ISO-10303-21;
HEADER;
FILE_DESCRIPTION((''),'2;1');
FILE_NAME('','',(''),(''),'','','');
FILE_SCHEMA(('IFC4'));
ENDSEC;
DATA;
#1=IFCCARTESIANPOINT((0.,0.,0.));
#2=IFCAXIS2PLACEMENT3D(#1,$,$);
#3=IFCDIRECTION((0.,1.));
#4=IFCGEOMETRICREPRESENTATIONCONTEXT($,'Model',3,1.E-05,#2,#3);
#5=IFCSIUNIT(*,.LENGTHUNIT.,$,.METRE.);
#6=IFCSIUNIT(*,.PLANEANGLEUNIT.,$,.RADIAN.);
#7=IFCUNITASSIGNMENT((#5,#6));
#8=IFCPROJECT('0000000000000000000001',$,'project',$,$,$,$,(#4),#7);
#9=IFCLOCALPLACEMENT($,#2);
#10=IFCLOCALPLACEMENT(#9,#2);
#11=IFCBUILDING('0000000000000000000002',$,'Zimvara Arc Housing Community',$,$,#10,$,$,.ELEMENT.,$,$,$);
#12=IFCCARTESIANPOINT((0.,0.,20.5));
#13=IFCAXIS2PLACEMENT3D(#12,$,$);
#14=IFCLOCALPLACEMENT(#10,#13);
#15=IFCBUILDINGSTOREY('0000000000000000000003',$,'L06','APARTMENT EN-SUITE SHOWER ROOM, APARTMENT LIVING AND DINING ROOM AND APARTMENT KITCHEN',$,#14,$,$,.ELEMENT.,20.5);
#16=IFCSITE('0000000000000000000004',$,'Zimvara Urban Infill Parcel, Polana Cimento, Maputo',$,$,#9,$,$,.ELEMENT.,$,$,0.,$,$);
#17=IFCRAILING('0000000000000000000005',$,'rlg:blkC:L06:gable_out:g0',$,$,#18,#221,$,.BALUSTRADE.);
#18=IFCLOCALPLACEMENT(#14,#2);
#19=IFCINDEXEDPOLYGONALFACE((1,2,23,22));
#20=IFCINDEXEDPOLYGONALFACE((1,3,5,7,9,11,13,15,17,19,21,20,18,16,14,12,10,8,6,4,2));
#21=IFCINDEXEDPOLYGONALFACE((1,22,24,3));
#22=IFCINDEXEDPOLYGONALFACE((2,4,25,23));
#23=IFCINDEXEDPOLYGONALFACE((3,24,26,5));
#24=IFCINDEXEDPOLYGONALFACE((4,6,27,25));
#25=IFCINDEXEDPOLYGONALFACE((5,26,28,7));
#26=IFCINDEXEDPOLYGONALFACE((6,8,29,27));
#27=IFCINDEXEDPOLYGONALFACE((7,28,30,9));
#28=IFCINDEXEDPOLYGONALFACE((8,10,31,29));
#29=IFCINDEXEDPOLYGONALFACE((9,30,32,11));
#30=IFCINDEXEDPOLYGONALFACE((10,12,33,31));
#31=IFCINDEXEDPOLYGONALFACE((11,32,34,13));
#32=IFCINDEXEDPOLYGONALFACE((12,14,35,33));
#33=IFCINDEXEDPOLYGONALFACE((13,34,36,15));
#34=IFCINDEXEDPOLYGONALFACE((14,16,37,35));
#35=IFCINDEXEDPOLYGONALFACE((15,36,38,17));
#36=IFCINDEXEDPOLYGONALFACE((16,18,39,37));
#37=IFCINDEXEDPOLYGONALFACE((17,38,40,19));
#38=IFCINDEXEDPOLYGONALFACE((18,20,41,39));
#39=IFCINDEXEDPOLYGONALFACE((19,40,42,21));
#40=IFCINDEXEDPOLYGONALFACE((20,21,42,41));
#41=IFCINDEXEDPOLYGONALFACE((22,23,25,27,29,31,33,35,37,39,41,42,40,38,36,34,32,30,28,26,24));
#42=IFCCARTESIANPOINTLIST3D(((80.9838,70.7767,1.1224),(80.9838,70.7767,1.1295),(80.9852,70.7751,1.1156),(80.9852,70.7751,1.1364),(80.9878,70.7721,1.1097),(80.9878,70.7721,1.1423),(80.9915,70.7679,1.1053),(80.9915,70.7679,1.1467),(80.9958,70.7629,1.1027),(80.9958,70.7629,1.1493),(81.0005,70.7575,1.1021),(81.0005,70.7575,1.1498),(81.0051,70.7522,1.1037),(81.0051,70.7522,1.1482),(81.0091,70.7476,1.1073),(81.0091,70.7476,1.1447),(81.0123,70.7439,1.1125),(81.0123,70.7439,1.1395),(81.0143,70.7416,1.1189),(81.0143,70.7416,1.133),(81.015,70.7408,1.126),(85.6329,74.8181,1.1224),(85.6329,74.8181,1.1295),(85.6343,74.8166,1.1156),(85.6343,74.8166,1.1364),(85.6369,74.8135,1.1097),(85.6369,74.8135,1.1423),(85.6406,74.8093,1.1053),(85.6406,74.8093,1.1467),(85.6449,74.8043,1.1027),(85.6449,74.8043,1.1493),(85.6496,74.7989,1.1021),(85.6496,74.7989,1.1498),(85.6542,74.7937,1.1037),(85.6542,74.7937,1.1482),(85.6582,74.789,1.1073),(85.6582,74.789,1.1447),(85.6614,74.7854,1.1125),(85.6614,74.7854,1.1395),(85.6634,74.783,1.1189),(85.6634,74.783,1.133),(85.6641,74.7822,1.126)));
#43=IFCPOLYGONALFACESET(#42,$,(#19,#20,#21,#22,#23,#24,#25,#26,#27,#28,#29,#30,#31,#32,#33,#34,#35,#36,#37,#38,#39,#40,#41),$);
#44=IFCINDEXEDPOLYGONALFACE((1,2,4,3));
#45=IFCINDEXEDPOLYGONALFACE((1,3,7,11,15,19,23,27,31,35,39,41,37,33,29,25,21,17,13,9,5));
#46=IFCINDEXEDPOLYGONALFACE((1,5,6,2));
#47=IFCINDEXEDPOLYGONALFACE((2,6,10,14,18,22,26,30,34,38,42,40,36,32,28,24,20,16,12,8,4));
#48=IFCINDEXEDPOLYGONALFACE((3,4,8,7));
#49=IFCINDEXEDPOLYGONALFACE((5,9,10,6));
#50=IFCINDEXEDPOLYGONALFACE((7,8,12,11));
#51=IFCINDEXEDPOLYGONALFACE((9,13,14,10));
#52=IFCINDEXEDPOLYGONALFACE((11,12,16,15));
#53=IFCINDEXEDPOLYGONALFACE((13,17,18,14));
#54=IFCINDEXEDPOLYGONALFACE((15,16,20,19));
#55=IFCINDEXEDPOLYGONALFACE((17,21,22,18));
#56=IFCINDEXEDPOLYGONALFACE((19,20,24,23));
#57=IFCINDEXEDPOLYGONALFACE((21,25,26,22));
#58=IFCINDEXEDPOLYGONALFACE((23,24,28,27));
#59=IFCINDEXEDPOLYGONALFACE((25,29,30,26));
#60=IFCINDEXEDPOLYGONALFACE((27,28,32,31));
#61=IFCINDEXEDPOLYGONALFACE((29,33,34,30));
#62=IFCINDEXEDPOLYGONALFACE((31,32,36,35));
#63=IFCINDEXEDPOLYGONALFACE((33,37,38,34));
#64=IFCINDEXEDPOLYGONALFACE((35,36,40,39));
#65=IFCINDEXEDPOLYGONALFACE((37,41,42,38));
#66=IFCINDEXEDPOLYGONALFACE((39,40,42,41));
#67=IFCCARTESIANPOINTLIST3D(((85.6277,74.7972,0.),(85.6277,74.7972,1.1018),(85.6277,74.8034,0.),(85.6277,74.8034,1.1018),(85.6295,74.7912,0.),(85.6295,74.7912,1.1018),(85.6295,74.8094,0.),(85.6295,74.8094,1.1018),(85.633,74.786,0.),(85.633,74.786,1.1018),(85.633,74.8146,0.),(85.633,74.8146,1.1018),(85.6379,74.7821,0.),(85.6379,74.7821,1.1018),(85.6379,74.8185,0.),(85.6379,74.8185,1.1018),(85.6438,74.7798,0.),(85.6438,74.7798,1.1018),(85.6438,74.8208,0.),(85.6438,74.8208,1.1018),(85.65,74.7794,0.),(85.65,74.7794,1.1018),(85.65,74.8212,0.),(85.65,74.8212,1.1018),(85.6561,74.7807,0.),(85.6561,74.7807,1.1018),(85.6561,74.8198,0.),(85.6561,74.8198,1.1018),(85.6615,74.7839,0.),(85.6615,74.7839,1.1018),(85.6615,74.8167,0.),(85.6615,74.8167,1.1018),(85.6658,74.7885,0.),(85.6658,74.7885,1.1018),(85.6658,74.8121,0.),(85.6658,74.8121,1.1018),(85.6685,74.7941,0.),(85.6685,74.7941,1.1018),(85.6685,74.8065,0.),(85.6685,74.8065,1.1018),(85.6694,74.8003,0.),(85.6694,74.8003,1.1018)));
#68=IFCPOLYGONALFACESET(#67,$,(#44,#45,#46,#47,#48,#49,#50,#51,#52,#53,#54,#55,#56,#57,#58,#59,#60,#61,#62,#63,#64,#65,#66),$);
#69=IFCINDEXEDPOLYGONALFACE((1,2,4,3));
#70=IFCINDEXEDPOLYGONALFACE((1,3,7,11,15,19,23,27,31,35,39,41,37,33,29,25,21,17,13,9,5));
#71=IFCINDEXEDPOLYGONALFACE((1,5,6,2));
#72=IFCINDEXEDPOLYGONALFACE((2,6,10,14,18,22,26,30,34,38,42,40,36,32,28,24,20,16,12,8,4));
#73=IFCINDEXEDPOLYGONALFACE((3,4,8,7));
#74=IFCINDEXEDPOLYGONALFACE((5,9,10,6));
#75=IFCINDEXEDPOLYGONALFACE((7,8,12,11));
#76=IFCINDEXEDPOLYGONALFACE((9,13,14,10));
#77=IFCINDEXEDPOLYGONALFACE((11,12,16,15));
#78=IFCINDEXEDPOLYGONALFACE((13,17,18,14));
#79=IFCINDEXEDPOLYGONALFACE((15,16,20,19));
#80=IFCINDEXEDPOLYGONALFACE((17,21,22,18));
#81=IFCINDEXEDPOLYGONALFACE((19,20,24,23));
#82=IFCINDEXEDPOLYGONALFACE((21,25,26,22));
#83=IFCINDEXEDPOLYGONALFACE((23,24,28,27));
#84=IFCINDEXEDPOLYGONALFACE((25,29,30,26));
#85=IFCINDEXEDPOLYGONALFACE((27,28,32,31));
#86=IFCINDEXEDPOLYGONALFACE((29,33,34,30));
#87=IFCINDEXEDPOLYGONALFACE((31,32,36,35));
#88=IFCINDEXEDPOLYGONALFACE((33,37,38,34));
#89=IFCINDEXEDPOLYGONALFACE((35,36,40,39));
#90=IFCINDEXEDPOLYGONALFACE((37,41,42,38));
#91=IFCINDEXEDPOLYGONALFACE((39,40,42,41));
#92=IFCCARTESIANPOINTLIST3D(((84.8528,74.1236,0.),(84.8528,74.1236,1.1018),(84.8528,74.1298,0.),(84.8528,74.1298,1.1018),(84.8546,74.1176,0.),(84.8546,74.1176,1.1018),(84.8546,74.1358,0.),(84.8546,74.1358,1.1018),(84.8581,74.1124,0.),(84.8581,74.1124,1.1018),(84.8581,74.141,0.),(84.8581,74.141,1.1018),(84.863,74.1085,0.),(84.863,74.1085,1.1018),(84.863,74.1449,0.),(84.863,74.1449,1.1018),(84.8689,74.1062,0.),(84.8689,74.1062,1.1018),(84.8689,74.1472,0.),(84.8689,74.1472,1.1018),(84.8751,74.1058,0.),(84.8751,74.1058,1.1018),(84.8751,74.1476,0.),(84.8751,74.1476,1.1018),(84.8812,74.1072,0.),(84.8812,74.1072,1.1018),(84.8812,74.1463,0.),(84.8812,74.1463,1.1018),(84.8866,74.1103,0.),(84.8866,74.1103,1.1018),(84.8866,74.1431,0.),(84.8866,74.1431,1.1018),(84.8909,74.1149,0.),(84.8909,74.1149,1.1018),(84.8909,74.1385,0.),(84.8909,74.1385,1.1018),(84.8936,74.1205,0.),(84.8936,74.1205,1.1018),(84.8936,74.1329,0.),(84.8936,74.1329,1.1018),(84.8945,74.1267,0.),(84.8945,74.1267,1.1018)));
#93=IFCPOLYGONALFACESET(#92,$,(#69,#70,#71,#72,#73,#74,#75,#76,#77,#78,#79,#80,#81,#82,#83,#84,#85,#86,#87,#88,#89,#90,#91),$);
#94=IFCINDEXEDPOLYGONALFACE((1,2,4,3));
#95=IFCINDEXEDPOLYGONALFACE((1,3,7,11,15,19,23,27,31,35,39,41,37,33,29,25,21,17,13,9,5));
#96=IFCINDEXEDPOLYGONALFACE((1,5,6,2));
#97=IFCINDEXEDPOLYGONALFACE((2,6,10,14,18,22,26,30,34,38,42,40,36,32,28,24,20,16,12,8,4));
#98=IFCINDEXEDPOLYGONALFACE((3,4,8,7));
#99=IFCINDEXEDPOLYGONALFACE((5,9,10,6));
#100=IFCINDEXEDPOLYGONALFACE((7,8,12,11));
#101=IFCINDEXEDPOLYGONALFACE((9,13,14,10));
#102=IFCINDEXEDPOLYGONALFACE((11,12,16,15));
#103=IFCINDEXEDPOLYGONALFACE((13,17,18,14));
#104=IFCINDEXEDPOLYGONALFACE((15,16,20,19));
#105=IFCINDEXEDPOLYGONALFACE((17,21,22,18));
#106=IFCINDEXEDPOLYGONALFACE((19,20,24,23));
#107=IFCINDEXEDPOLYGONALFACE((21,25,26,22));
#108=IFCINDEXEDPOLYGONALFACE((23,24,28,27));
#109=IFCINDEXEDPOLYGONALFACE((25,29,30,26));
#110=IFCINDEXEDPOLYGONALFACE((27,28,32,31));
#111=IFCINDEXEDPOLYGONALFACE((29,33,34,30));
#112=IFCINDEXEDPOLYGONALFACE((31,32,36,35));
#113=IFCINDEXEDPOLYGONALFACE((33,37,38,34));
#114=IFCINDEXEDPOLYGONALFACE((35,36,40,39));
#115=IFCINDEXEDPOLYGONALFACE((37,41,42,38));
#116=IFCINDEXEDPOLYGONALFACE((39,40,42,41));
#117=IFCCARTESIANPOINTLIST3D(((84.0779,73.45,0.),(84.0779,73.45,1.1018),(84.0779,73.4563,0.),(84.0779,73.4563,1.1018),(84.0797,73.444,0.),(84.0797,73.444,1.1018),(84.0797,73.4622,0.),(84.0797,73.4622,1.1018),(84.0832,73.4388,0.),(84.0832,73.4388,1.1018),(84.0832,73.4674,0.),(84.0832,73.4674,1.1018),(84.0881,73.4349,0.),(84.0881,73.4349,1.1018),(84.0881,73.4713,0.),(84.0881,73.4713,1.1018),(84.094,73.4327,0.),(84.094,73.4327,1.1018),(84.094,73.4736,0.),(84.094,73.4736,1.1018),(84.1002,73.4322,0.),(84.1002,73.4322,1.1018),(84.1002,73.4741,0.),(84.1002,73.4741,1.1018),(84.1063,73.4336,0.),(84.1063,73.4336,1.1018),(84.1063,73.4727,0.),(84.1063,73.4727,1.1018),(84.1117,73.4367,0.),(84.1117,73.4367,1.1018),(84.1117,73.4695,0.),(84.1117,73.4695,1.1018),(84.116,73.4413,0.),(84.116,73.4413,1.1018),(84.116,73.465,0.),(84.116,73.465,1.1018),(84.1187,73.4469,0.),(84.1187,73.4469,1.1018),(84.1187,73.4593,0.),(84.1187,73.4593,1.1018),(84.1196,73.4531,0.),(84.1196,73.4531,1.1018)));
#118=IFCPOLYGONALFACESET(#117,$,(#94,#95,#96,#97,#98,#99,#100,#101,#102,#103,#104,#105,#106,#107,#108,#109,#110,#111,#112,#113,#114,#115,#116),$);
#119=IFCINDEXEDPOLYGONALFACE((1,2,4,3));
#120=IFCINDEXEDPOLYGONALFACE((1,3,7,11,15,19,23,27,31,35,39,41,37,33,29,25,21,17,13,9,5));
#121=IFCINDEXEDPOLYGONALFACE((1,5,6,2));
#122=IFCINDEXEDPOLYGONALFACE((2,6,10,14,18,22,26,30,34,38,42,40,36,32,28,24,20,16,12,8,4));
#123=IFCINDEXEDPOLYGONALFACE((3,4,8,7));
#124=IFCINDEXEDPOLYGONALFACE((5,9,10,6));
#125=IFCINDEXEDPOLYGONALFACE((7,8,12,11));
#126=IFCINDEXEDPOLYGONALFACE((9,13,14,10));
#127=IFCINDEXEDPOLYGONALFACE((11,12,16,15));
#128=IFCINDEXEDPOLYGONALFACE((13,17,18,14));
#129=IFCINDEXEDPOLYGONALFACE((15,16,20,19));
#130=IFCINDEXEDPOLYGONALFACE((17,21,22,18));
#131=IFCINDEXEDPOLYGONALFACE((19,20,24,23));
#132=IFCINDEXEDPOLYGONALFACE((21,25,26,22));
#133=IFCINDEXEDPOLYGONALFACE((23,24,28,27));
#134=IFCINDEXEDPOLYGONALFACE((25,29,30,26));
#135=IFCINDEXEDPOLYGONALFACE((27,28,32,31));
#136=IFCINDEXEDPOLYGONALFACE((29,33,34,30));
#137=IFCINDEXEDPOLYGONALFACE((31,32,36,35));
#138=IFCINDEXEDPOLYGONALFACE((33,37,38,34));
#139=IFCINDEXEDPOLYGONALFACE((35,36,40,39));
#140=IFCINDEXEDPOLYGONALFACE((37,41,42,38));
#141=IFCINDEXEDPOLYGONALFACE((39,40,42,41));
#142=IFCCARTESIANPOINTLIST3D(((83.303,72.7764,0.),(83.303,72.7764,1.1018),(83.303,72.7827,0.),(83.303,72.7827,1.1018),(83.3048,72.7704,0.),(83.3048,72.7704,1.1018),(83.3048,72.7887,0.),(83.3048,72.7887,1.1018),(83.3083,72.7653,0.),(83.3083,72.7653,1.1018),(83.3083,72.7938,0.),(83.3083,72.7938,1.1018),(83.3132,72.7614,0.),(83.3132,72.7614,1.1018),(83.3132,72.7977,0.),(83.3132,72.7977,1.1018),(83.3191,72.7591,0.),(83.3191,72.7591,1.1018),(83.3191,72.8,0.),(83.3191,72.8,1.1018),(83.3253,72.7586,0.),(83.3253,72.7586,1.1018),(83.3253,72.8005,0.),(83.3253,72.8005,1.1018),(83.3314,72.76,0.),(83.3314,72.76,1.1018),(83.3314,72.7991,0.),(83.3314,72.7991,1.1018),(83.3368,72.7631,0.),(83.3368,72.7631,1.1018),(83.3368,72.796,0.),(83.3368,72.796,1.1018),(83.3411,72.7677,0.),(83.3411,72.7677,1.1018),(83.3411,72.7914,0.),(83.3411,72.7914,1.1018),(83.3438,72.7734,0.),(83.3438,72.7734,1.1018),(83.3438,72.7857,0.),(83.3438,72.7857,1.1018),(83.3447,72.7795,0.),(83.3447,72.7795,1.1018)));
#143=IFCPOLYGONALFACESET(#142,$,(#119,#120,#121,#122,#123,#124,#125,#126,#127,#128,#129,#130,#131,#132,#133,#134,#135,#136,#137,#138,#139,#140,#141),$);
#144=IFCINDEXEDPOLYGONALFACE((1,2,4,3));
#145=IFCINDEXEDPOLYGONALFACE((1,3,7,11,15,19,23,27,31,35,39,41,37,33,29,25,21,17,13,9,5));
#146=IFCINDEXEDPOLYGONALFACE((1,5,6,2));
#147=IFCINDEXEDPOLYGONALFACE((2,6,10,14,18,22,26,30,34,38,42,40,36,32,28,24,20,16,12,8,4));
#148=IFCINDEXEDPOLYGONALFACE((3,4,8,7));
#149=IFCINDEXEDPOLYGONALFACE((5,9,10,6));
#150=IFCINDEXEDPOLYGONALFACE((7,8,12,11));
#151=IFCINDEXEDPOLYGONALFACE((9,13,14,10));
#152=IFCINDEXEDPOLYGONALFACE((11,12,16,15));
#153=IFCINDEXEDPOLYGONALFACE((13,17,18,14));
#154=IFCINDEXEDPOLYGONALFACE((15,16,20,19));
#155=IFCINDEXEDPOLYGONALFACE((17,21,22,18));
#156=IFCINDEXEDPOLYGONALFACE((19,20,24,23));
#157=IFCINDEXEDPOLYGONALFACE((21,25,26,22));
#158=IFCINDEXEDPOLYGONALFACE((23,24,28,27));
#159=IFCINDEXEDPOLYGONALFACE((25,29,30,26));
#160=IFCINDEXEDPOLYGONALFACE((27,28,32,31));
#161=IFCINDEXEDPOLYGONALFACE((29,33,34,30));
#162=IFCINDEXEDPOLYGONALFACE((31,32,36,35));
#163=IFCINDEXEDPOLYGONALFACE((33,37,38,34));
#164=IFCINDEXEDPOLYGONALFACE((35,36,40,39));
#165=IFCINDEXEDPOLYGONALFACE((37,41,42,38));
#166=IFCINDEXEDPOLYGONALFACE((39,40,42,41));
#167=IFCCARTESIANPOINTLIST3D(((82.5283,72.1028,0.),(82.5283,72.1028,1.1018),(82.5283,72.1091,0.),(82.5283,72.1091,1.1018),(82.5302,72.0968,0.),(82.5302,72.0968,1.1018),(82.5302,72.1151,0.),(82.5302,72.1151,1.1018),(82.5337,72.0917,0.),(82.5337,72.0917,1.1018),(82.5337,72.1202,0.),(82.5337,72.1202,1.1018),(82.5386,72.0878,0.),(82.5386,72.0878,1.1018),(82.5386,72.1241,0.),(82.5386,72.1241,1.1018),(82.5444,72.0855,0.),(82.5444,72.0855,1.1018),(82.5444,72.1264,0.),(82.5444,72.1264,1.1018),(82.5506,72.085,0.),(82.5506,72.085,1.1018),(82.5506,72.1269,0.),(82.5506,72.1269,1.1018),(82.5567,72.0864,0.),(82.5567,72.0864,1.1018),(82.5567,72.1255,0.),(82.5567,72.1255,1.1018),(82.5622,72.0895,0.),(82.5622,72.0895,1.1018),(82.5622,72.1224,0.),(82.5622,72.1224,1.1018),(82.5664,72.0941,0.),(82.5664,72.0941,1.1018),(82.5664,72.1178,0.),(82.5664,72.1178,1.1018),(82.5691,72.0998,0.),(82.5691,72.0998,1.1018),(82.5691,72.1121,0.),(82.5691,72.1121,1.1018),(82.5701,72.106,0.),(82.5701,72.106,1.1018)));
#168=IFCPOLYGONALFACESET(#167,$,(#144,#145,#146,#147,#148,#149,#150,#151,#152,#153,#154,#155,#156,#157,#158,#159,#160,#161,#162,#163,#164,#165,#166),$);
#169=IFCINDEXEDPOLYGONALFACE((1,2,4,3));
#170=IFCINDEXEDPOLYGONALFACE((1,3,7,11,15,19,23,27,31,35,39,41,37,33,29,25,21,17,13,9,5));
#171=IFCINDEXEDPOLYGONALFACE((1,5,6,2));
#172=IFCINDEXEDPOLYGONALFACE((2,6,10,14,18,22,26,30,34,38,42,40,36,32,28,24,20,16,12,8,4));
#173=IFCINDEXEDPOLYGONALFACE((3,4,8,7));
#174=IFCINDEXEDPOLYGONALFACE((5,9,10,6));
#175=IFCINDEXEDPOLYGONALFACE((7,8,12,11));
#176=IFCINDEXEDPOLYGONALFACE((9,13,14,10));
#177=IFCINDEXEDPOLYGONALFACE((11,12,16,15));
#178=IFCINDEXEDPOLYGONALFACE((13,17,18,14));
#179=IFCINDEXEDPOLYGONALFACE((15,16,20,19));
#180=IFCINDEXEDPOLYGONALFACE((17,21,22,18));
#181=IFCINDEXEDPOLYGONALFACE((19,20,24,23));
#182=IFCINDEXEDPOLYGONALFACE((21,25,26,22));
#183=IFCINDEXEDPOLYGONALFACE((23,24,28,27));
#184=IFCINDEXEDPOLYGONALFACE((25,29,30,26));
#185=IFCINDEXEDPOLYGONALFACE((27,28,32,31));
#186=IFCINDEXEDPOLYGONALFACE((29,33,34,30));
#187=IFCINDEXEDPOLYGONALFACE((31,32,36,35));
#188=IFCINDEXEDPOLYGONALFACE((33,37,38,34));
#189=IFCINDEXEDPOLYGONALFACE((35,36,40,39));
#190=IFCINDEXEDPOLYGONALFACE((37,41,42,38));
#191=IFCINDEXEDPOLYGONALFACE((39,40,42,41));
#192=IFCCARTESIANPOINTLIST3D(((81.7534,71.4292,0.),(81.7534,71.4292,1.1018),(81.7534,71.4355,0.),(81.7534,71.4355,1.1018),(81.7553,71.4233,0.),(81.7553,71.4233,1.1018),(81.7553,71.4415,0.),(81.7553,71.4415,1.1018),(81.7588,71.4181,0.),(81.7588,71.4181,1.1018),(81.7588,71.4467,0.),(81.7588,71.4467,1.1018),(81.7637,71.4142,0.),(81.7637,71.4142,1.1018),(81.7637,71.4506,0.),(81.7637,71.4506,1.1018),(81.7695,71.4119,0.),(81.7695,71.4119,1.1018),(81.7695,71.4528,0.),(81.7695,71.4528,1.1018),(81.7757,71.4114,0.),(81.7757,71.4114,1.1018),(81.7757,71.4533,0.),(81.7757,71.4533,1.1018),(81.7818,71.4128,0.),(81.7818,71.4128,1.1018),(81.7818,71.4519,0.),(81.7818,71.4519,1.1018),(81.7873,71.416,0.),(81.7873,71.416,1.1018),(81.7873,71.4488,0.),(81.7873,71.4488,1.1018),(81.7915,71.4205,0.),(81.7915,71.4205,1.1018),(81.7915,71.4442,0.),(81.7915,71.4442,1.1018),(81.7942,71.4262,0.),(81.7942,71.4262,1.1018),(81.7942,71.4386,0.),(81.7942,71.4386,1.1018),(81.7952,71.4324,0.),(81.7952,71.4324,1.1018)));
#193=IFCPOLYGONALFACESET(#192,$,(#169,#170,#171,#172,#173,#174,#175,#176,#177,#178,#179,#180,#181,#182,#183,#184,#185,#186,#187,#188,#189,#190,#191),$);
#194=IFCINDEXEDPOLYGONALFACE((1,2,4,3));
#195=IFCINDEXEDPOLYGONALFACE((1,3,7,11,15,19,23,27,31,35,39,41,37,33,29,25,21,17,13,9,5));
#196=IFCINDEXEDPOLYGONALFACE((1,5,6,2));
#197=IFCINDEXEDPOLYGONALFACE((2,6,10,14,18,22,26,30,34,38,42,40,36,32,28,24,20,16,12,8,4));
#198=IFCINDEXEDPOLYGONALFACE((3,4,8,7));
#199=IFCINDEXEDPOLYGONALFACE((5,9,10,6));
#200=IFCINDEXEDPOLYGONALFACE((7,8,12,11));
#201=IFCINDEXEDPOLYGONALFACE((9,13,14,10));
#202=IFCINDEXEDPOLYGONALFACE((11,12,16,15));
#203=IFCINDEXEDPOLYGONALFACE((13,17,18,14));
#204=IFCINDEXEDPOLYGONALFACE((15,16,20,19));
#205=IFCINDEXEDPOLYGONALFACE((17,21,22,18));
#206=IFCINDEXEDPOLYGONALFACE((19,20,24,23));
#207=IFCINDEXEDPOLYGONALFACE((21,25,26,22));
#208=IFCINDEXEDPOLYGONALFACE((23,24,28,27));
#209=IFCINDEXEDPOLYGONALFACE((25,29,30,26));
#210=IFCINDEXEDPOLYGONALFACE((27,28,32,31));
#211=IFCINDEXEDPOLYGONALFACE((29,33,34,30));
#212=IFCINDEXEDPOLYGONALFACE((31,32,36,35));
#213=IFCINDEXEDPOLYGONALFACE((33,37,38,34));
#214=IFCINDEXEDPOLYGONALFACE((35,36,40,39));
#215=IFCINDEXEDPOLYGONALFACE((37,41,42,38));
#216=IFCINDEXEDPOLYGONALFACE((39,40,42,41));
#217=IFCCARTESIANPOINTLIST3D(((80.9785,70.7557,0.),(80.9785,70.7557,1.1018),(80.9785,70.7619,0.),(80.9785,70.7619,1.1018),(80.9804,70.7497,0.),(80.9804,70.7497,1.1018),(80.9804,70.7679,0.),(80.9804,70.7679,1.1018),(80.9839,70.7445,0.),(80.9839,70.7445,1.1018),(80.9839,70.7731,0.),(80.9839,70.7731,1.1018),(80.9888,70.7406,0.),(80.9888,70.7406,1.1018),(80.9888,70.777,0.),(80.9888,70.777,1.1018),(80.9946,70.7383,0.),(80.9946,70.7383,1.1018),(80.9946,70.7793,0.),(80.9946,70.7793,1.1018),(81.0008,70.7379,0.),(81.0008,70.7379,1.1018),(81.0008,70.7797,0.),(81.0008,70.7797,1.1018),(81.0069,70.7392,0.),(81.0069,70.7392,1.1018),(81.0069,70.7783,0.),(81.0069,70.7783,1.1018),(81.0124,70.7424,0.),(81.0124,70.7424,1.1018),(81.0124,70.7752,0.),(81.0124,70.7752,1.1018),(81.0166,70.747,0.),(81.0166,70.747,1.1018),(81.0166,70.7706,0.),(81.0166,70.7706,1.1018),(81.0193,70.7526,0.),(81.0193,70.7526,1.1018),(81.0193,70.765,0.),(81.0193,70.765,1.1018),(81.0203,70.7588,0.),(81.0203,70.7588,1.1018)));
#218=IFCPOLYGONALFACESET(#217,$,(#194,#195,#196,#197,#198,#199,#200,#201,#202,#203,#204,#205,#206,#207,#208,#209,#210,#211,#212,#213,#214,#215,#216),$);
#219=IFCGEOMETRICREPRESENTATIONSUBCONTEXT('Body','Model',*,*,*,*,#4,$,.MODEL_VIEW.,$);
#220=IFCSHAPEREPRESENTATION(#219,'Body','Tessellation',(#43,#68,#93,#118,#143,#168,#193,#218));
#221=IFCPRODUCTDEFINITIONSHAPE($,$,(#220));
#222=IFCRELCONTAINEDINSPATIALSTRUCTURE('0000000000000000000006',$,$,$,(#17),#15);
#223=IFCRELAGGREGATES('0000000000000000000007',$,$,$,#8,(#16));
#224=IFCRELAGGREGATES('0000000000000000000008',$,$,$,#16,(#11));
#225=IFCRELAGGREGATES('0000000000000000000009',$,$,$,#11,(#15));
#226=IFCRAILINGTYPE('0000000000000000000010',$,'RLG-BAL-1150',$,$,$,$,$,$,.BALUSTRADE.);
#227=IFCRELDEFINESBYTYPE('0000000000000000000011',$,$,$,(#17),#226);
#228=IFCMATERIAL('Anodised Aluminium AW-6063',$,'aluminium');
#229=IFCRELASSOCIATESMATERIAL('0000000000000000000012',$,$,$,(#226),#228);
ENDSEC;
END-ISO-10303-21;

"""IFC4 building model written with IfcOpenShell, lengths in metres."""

from ifc_helpers import new_model, si_unit, direction, frame, origin, origin_2d, place, context, subcontext, project, spatial, circle, extrude, material, type_object, element, save


model = new_model("IFC4")

# Units and contexts
model_context = context("Model", 3, precision=1e-05, world=origin(), true_north=direction((0.0, 1.0)))
body_context = subcontext(model_context, "Body", "Model", "MODEL_VIEW")
ifc_project = project(units=[si_unit("LENGTHUNIT", "METRE"), si_unit("PLANEANGLEUNIT", "RADIAN")], contexts=[model_context])

# Site, building, storey
site_placement = place(None, origin())
site = spatial("IfcSite", under=ifc_project, at=site_placement, Name="Zimvara Urban Infill Parcel, Polana Cimento, Maputo", CompositionType="ELEMENT", RefElevation=0.0)
building_placement = place(site_placement, origin())
building = spatial("IfcBuilding", under=site, at=building_placement, Name="Zimvara Arc Housing Community", CompositionType="ELEMENT")
storey_placement = place(building_placement, frame((0.0, 0.0, 20.5)))
storey = spatial("IfcBuildingStorey", under=building, at=storey_placement, Name="L06", Description="APARTMENT EN-SUITE SHOWER ROOM, APARTMENT LIVING AND DINING ROOM AND APARTMENT KITCHEN", CompositionType="ELEMENT", Elevation=20.5)

# Railing
ifc_material_1 = material(Name="Anodised Aluminium AW-6063", Category="aluminium")
railing_type_1 = type_object("IfcRailingType", Name="RLG-BAL-1150", PredefinedType="BALUSTRADE", material=ifc_material_1)
railing_1_placement = place(storey_placement, frame((85.6484, 74.8003, 0.0)))
element("IfcRailing", 1, at=railing_1_placement, inside=storey, type_object=railing_type_1, Name="rlg:blkC:L06:gable_out:g0", PredefinedType="BALUSTRADE", context=body_context, shape_type="SweptSolid", body=[
    extrude(circle(Radius=0.0239, at=origin_2d()), frame((0.0, 0.0, 1.126), z_axis=(-0.754706, -0.656063, 0.0), x_axis=(0.656063, -0.754706, 0.0)), (0.0, 0.0, 1.0), 6.1602),
    extrude(circle(Radius=0.021, at=origin_2d()), origin(), (0.0, 0.0, 1.0), 1.1018),
    extrude(circle(Radius=0.021, at=origin_2d()), frame((-0.7749, -0.6736, 0.0)), (0.0, 0.0, 1.0), 1.1018),
    extrude(circle(Radius=0.021, at=origin_2d()), frame((-1.5498, -1.3472, 0.0)), (0.0, 0.0, 1.0), 1.1018),
    extrude(circle(Radius=0.021, at=origin_2d()), frame((-2.3247, -2.0208, 0.0)), (0.0, 0.0, 1.0), 1.1018),
    extrude(circle(Radius=0.021, at=origin_2d()), frame((-3.0994, -2.6943, 0.0)), (0.0, 0.0, 1.0), 1.1018),
    extrude(circle(Radius=0.021, at=origin_2d()), frame((-3.8743, -3.3679, 0.0)), (0.0, 0.0, 1.0), 1.1018),
    extrude(circle(Radius=0.021, at=origin_2d()), frame((-4.6492, -4.0415, 0.0)), (0.0, 0.0, 1.0), 1.1018),
])

save(model, "model.ifc")
